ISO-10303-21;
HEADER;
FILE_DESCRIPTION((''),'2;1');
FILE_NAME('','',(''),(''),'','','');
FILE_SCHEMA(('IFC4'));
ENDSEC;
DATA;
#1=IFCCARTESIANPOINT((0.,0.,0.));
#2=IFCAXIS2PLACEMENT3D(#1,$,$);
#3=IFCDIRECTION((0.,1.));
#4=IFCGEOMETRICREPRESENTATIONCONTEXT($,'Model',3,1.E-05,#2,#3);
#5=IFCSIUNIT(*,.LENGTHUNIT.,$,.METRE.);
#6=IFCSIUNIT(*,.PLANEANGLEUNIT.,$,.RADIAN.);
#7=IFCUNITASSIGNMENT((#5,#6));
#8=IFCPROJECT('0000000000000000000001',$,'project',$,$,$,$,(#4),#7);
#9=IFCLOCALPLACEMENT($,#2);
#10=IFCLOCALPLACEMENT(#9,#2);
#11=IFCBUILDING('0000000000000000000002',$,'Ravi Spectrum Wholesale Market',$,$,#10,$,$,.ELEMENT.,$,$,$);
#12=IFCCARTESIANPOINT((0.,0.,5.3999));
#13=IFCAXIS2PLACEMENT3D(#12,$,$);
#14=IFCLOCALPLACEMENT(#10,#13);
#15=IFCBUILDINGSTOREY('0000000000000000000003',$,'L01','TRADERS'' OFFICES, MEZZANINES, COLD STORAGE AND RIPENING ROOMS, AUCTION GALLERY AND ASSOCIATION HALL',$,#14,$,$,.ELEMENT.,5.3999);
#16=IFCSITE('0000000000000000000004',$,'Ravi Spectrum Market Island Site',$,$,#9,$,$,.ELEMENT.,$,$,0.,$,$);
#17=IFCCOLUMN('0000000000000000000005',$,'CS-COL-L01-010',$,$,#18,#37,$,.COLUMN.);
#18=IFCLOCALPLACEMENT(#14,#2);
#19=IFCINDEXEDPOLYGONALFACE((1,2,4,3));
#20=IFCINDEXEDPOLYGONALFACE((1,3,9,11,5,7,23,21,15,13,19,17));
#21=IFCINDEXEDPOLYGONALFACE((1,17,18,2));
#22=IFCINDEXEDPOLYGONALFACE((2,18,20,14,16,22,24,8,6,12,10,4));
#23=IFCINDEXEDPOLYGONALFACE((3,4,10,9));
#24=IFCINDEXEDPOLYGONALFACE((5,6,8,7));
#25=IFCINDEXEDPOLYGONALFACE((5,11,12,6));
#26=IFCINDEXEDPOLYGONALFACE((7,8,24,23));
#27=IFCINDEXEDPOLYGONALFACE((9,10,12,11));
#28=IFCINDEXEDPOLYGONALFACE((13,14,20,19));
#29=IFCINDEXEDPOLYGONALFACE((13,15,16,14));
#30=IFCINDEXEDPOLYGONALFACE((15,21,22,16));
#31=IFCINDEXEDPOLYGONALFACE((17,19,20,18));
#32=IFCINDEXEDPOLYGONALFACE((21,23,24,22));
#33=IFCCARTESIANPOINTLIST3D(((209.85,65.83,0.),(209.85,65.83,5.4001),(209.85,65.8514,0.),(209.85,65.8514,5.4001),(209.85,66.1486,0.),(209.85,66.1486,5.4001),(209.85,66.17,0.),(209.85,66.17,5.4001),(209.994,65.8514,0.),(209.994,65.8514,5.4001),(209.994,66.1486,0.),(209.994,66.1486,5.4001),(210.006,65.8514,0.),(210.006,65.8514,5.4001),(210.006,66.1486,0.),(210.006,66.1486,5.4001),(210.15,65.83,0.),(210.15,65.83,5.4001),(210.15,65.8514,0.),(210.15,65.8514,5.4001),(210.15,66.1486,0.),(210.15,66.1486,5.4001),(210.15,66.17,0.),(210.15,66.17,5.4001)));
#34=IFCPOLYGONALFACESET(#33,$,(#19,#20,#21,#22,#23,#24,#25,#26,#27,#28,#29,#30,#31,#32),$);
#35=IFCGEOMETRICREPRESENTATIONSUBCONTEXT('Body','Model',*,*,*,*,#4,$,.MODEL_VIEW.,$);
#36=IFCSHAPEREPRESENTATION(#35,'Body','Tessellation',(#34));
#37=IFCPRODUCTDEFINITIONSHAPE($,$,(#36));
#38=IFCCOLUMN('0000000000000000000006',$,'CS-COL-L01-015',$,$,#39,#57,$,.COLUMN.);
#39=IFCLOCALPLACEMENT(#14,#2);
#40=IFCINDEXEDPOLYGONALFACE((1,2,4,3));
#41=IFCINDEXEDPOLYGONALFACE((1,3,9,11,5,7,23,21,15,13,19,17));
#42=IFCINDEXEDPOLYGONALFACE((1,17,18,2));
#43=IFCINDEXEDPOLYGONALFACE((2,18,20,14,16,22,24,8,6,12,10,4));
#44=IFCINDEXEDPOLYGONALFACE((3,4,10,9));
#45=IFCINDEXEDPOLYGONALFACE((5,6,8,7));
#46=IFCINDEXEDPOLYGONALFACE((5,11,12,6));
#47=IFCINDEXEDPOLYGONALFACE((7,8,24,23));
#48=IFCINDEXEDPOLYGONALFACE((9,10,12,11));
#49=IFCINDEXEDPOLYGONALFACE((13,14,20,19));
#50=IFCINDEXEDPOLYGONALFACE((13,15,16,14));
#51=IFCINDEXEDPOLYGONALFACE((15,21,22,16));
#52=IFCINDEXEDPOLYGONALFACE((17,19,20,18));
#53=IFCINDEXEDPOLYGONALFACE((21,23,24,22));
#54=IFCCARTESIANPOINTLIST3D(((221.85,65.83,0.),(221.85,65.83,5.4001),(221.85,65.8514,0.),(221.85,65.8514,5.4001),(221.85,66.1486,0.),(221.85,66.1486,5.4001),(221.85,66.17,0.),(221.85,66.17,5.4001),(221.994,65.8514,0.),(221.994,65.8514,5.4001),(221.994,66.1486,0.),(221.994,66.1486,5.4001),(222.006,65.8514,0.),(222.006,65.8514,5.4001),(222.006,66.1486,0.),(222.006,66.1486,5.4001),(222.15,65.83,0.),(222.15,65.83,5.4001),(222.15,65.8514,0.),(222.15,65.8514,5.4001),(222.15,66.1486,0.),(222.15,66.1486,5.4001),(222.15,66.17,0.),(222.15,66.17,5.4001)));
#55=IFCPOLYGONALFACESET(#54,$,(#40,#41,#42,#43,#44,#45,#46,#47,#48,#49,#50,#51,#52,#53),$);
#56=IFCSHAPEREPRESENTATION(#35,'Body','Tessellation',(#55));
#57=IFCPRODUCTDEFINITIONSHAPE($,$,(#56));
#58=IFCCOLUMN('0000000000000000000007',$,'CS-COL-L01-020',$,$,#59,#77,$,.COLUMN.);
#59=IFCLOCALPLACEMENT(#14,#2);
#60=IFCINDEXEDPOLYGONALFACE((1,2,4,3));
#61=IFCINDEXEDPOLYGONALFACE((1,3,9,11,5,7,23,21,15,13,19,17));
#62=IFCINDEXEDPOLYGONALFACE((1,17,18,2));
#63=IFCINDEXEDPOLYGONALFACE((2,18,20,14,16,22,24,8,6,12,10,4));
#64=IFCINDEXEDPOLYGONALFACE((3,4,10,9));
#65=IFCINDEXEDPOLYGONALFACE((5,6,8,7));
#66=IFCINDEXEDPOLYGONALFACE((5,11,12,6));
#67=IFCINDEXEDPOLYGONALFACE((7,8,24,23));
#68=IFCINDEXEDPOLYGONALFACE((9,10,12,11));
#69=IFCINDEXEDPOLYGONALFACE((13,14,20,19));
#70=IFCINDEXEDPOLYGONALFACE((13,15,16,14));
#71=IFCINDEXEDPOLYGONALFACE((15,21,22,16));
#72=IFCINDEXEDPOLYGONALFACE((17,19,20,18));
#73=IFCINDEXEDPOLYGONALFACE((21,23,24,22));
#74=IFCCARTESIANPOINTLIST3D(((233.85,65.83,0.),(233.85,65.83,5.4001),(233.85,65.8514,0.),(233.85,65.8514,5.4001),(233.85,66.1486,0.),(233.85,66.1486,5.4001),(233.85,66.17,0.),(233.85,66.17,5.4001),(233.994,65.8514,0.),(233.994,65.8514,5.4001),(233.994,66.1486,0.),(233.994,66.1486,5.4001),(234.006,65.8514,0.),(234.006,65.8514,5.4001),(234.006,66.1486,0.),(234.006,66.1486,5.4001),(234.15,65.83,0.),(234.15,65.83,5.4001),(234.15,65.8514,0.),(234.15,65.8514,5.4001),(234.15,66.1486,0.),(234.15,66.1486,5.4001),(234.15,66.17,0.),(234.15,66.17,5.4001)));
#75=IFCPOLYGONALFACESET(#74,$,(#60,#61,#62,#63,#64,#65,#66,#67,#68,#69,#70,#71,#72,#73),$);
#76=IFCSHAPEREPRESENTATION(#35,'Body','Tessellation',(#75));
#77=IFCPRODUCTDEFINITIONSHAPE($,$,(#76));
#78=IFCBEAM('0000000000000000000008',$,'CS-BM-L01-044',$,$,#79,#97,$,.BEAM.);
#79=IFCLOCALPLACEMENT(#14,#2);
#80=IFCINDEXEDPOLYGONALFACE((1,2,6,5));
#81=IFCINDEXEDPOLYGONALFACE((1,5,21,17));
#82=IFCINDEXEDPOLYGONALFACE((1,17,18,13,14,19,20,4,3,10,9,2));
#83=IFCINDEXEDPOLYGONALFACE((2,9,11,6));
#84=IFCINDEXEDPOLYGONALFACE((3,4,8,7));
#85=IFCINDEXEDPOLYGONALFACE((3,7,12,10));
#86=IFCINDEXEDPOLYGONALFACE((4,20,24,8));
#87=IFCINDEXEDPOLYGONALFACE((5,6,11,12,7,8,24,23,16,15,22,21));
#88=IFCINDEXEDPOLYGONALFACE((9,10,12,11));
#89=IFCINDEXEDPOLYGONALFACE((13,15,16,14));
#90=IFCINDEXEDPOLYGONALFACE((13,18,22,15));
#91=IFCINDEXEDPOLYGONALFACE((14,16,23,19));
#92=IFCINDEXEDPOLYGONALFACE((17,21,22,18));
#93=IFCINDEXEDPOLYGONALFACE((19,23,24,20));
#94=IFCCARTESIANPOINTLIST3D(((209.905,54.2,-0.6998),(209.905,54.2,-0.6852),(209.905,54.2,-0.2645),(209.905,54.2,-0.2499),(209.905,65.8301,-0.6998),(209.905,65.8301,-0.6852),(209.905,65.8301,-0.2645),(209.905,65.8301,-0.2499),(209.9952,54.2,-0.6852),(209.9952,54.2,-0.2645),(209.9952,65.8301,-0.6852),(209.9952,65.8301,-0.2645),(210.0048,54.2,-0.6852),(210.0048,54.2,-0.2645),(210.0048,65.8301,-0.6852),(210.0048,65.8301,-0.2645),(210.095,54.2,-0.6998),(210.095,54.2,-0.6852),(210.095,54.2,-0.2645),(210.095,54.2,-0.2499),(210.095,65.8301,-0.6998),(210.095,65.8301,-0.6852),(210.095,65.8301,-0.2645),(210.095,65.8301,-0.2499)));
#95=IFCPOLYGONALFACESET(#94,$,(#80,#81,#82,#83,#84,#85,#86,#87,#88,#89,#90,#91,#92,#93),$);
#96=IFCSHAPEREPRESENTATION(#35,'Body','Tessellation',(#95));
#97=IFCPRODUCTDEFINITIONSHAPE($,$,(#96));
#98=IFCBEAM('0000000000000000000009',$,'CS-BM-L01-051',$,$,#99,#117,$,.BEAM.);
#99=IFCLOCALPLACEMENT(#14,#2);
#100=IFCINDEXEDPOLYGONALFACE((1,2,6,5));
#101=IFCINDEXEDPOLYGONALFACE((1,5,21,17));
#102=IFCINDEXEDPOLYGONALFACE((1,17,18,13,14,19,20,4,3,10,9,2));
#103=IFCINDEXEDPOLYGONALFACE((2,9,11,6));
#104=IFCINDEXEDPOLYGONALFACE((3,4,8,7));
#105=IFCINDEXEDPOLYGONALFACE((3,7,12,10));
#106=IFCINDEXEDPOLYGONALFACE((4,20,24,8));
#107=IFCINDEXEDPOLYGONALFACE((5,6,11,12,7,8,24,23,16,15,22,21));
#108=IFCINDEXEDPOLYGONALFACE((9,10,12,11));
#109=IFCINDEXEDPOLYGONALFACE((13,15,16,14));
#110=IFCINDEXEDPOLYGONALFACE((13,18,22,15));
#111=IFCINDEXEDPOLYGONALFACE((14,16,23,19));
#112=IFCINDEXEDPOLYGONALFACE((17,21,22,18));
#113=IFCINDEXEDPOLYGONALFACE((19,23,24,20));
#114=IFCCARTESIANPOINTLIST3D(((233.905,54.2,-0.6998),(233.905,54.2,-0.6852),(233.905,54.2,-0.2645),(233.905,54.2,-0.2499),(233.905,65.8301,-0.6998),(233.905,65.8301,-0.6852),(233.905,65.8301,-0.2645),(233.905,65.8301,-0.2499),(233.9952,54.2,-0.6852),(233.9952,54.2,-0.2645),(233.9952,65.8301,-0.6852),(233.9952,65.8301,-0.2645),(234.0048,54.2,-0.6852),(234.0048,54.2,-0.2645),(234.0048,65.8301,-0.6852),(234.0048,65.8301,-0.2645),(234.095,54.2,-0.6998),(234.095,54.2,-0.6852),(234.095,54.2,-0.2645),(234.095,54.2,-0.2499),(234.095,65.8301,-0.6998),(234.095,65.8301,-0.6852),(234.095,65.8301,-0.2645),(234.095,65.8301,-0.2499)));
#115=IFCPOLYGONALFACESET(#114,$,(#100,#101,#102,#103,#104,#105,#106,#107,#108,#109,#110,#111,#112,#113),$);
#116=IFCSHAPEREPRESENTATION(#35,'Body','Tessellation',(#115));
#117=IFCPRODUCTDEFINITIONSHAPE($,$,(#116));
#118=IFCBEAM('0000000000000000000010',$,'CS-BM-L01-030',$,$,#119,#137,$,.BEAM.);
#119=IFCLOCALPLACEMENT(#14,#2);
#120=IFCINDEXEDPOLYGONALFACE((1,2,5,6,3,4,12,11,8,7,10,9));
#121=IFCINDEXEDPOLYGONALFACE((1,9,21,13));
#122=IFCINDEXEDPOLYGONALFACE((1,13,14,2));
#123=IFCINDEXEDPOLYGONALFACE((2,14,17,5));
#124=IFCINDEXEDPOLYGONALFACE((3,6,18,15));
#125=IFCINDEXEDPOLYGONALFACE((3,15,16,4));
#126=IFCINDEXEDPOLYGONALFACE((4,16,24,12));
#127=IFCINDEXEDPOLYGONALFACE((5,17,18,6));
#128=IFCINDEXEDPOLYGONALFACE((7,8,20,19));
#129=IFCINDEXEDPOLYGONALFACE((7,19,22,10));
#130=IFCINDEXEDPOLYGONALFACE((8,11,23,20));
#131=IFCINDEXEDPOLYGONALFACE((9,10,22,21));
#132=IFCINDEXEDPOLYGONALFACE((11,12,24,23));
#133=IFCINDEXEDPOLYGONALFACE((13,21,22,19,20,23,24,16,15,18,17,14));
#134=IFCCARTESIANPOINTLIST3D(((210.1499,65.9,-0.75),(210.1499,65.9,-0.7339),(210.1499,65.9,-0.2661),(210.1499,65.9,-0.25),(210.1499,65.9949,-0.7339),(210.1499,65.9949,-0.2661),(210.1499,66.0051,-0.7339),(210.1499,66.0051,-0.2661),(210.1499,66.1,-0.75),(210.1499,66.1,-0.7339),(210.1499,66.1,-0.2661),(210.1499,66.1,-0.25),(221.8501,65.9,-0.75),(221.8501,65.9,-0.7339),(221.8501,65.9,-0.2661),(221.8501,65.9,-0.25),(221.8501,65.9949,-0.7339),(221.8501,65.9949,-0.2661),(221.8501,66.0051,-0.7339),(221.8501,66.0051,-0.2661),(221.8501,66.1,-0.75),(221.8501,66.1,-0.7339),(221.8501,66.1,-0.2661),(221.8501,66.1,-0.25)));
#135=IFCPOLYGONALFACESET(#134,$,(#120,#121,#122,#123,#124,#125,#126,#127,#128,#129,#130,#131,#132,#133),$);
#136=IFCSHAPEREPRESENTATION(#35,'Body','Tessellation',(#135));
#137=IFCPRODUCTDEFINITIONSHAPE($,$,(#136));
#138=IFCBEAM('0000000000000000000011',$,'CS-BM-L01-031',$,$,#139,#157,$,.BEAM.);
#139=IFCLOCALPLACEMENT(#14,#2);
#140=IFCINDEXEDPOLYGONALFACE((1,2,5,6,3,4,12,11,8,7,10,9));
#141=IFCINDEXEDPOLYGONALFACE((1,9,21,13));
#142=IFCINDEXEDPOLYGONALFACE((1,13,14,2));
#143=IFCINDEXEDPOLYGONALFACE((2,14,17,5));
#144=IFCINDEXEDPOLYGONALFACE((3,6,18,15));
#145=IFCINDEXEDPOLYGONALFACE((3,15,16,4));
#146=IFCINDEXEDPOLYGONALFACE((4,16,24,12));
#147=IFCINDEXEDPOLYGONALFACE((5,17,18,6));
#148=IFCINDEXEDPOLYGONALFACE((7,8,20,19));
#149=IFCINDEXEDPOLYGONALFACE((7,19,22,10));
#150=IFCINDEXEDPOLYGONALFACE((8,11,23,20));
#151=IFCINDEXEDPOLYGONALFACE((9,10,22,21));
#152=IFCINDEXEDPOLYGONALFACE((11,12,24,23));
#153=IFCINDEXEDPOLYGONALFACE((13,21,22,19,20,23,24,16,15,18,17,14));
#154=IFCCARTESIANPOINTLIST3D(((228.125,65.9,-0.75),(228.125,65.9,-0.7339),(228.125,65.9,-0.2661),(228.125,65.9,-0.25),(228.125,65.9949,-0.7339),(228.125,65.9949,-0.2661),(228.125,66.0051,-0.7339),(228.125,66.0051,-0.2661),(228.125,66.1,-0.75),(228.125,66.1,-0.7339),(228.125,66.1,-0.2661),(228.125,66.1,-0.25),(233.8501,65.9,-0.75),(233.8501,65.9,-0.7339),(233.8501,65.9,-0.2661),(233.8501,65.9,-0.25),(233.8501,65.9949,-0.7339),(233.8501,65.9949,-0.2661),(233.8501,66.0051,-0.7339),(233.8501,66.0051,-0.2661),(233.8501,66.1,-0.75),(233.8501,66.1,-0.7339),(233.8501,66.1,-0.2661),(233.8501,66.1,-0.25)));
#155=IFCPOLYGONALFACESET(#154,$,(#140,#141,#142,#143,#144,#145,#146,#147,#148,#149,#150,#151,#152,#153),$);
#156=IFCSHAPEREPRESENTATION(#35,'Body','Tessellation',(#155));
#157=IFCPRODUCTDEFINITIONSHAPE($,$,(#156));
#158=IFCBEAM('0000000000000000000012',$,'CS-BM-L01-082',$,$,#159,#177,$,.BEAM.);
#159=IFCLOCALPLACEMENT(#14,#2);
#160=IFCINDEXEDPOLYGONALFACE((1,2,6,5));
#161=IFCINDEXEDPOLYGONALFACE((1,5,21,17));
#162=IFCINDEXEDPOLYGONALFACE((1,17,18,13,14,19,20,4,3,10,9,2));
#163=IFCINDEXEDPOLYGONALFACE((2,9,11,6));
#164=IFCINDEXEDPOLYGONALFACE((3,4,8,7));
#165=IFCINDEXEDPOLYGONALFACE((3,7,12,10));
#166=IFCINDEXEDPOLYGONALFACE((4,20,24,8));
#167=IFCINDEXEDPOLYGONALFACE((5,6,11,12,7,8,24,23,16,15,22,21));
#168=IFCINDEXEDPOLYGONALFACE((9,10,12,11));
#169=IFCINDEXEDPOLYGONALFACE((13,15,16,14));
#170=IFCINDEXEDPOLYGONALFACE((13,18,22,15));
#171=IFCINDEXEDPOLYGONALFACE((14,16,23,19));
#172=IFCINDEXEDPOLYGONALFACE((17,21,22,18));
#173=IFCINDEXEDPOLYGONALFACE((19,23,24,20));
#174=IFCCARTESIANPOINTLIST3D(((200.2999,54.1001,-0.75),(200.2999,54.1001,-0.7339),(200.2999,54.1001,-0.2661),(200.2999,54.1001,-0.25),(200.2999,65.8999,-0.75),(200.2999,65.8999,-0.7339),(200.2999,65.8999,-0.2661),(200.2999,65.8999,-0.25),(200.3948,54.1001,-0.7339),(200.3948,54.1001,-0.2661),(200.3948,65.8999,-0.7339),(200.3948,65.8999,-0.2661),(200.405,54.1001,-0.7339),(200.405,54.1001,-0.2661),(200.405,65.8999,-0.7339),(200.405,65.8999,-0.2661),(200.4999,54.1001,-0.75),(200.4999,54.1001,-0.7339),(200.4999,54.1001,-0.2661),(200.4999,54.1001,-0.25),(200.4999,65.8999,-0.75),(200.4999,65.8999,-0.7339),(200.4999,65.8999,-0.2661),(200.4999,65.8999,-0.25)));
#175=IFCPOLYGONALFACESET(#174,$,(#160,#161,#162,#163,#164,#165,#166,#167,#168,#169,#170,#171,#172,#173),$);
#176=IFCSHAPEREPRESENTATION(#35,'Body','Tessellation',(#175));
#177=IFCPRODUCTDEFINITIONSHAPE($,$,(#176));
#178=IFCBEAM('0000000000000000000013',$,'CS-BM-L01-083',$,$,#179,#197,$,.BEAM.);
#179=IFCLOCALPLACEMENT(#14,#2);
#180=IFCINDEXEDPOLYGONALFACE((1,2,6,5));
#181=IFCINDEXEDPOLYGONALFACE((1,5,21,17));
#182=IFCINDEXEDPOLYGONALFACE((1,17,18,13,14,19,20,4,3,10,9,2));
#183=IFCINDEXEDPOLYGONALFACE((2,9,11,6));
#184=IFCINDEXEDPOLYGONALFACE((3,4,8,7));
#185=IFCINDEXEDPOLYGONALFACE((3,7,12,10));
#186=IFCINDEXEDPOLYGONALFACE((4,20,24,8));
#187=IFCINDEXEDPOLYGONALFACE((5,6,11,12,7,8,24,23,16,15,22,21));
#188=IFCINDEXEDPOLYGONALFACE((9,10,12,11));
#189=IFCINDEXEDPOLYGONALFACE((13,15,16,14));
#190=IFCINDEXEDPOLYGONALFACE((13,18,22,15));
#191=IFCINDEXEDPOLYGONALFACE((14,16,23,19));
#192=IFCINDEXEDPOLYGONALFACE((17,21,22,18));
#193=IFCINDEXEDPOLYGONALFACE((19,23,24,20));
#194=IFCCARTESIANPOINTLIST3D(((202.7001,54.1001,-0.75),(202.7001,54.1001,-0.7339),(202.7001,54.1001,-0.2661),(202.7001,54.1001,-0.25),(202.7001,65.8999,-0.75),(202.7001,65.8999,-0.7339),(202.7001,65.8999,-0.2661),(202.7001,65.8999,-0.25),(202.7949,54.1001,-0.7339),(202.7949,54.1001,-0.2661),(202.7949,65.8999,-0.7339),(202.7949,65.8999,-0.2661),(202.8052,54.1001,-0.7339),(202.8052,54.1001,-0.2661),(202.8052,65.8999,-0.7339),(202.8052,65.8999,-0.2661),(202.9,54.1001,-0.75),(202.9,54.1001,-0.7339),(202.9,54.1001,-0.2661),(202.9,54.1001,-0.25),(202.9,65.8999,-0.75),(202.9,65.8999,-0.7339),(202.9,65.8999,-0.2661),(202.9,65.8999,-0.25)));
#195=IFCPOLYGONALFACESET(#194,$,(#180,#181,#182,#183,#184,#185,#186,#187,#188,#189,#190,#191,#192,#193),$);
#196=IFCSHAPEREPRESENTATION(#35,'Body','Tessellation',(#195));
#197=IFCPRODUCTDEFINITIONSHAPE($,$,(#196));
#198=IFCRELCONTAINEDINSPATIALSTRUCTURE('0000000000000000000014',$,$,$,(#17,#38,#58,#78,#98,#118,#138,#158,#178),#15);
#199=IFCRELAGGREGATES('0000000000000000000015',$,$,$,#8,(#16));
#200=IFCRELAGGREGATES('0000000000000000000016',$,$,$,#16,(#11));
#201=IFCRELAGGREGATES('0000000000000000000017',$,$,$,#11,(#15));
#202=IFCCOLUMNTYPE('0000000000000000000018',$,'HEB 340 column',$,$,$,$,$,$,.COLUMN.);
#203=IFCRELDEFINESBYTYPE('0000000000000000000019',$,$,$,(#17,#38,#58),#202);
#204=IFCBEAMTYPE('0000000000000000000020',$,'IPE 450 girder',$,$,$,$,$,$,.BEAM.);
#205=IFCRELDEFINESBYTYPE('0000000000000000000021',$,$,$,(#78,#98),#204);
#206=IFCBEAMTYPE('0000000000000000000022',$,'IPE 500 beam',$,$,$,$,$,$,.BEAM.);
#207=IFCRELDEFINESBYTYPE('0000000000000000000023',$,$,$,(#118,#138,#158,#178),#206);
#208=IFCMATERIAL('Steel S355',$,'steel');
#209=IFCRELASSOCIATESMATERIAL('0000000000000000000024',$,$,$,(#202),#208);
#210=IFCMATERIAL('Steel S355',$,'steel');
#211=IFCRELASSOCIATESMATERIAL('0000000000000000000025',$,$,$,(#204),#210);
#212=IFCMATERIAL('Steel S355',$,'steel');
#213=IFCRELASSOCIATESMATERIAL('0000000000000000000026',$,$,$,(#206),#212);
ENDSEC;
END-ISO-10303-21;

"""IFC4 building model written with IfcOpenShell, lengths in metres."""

from ifc_helpers import new_model, si_unit, direction, frame, origin, origin_2d, place, context, subcontext, project, spatial, i_section, extrude, material, material_profile, profile_set, type_object, element, save


model = new_model("IFC4")

# Units and contexts
model_context = context("Model", 3, precision=1e-05, world=origin(), true_north=direction((0.0, 1.0)))
body_context = subcontext(model_context, "Body", "Model", "MODEL_VIEW")
ifc_project = project(units=[si_unit("LENGTHUNIT", "METRE"), si_unit("PLANEANGLEUNIT", "RADIAN")], contexts=[model_context])

# Site, building, storey
site_placement = place(None, origin())
site = spatial("IfcSite", under=ifc_project, at=site_placement, Name="Ravi Spectrum Market Island Site", CompositionType="ELEMENT", RefElevation=0.0)
building_placement = place(site_placement, origin())
building = spatial("IfcBuilding", under=site, at=building_placement, Name="Ravi Spectrum Wholesale Market", CompositionType="ELEMENT")
storey_placement = place(building_placement, frame((0.0, 0.0, 5.3999)))
storey = spatial("IfcBuildingStorey", under=building, at=storey_placement, Name="L01", Description="TRADERS' OFFICES, MEZZANINES, COLD STORAGE AND RIPENING ROOMS, AUCTION GALLERY AND ASSOCIATION HALL", CompositionType="ELEMENT", Elevation=5.3999)

# Columns
ifc_material_1 = material(Name="Steel S355", Category="steel")
ifc_material_profile_1 = material_profile(ifc_material_1, i_section(OverallWidth=0.3, OverallDepth=0.3401, WebThickness=0.012, FlangeThickness=0.0215, at=origin_2d()))
ifc_profile_set_1 = profile_set([ifc_material_profile_1], Name="Steel S355")
column_type = type_object("IfcColumnType", Name="HEB 340 column", PredefinedType="COLUMN", material=ifc_profile_set_1)
for number, where, z_axis, x_axis, name in (
    (1, (210.0, 66.0, 0.0), (0.0, 0.0, 1.0), (1.0, 0.0, 0.0), "CS-COL-L01-010"),
    (2, (222.0, 66.0, 0.0), (0.0, 0.0, 1.0), (1.0, 0.0, 0.0), "CS-COL-L01-015"),
    (3, (234.0, 66.0, 0.0), (0.0, 0.0, 1.0), (1.0, 0.0, 0.0), "CS-COL-L01-020"),
):
    element("IfcColumn", number, at=place(storey_placement, frame(where, z_axis=z_axis, x_axis=x_axis)), inside=storey, type_object=column_type, Name=name, PredefinedType="COLUMN", context=body_context, shape_type="SweptSolid", body=[
        extrude(i_section(OverallWidth=0.3, OverallDepth=0.3401, WebThickness=0.012, FlangeThickness=0.0215, at=origin_2d()), origin(), (0.0, 0.0, 1.0), 5.4001),
    ])

# Beams
ifc_material_2 = material(Name="Steel S355", Category="steel")
ifc_material_profile_2 = material_profile(ifc_material_2, i_section(OverallWidth=0.1899, OverallDepth=0.45, WebThickness=0.0095, FlangeThickness=0.0146, at=origin_2d()))
ifc_profile_set_2 = profile_set([ifc_material_profile_2], Name="Steel S355")
beam_type_1 = type_object("IfcBeamType", Name="IPE 450 girder", PredefinedType="BEAM", material=ifc_profile_set_2)
for number, where, z_axis, x_axis, name in (
    (4, (210.0, 54.2, -0.4749), (0.0, 1.0, 0.0), (-1.0, 0.0, 0.0), "CS-BM-L01-044"),
    (5, (234.0, 54.2, -0.4749), (0.0, 1.0, 0.0), (-1.0, 0.0, 0.0), "CS-BM-L01-051"),
):
    element("IfcBeam", number, at=place(storey_placement, frame(where, z_axis=z_axis, x_axis=x_axis)), inside=storey, type_object=beam_type_1, Name=name, PredefinedType="BEAM", context=body_context, shape_type="SweptSolid", body=[
        extrude(i_section(OverallWidth=0.1899, OverallDepth=0.45, WebThickness=0.0095, FlangeThickness=0.0146, at=origin_2d()), origin(), (0.0, 0.0, 1.0), 11.6301),
    ])
ifc_material_3 = material(Name="Steel S355", Category="steel")
ifc_material_profile_3 = material_profile(ifc_material_3, i_section(OverallWidth=0.2, OverallDepth=0.5, WebThickness=0.0103, FlangeThickness=0.0161, at=origin_2d()))
ifc_profile_set_3 = profile_set([ifc_material_profile_3], Name="Steel S355")
beam_type_2 = type_object("IfcBeamType", Name="IPE 500 beam", PredefinedType="BEAM", material=ifc_profile_set_3)
beam_1_placement = place(storey_placement, frame((210.1499, 66.0, -0.5), z_axis=(1.0, 0.0, 0.0), x_axis=(0.0, 1.0, 0.0)))
element("IfcBeam", 6, at=beam_1_placement, inside=storey, type_object=beam_type_2, Name="CS-BM-L01-030", PredefinedType="BEAM", context=body_context, shape_type="SweptSolid", body=[
    extrude(i_section(OverallWidth=0.2, OverallDepth=0.5, WebThickness=0.0103, FlangeThickness=0.0161, at=origin_2d()), origin(), (0.0, 0.0, 1.0), 11.7002),
])
beam_2_placement = place(storey_placement, frame((228.125, 66.0, -0.5), z_axis=(1.0, 0.0, 0.0), x_axis=(0.0, 1.0, 0.0)))
element("IfcBeam", 7, at=beam_2_placement, inside=storey, type_object=beam_type_2, Name="CS-BM-L01-031", PredefinedType="BEAM", context=body_context, shape_type="SweptSolid", body=[
    extrude(i_section(OverallWidth=0.2, OverallDepth=0.5, WebThickness=0.0103, FlangeThickness=0.0161, at=origin_2d()), origin(), (0.0, 0.0, 1.0), 5.7251),
])
for number, where, z_axis, x_axis, name in (
    (8, (200.3999, 54.1001, -0.5), (0.0, 1.0, 0.0), (-1.0, 0.0, 0.0), "CS-BM-L01-082"),
    (9, (202.8, 54.1001, -0.5), (0.0, 1.0, 0.0), (-1.0, 0.0, 0.0), "CS-BM-L01-083"),
):
    element("IfcBeam", number, at=place(storey_placement, frame(where, z_axis=z_axis, x_axis=x_axis)), inside=storey, type_object=beam_type_2, Name=name, PredefinedType="BEAM", context=body_context, shape_type="SweptSolid", body=[
        extrude(i_section(OverallWidth=0.2, OverallDepth=0.5, WebThickness=0.0103, FlangeThickness=0.0161, at=origin_2d()), origin(), (0.0, 0.0, 1.0), 11.7998),
    ])

save(model, "model.ifc")
